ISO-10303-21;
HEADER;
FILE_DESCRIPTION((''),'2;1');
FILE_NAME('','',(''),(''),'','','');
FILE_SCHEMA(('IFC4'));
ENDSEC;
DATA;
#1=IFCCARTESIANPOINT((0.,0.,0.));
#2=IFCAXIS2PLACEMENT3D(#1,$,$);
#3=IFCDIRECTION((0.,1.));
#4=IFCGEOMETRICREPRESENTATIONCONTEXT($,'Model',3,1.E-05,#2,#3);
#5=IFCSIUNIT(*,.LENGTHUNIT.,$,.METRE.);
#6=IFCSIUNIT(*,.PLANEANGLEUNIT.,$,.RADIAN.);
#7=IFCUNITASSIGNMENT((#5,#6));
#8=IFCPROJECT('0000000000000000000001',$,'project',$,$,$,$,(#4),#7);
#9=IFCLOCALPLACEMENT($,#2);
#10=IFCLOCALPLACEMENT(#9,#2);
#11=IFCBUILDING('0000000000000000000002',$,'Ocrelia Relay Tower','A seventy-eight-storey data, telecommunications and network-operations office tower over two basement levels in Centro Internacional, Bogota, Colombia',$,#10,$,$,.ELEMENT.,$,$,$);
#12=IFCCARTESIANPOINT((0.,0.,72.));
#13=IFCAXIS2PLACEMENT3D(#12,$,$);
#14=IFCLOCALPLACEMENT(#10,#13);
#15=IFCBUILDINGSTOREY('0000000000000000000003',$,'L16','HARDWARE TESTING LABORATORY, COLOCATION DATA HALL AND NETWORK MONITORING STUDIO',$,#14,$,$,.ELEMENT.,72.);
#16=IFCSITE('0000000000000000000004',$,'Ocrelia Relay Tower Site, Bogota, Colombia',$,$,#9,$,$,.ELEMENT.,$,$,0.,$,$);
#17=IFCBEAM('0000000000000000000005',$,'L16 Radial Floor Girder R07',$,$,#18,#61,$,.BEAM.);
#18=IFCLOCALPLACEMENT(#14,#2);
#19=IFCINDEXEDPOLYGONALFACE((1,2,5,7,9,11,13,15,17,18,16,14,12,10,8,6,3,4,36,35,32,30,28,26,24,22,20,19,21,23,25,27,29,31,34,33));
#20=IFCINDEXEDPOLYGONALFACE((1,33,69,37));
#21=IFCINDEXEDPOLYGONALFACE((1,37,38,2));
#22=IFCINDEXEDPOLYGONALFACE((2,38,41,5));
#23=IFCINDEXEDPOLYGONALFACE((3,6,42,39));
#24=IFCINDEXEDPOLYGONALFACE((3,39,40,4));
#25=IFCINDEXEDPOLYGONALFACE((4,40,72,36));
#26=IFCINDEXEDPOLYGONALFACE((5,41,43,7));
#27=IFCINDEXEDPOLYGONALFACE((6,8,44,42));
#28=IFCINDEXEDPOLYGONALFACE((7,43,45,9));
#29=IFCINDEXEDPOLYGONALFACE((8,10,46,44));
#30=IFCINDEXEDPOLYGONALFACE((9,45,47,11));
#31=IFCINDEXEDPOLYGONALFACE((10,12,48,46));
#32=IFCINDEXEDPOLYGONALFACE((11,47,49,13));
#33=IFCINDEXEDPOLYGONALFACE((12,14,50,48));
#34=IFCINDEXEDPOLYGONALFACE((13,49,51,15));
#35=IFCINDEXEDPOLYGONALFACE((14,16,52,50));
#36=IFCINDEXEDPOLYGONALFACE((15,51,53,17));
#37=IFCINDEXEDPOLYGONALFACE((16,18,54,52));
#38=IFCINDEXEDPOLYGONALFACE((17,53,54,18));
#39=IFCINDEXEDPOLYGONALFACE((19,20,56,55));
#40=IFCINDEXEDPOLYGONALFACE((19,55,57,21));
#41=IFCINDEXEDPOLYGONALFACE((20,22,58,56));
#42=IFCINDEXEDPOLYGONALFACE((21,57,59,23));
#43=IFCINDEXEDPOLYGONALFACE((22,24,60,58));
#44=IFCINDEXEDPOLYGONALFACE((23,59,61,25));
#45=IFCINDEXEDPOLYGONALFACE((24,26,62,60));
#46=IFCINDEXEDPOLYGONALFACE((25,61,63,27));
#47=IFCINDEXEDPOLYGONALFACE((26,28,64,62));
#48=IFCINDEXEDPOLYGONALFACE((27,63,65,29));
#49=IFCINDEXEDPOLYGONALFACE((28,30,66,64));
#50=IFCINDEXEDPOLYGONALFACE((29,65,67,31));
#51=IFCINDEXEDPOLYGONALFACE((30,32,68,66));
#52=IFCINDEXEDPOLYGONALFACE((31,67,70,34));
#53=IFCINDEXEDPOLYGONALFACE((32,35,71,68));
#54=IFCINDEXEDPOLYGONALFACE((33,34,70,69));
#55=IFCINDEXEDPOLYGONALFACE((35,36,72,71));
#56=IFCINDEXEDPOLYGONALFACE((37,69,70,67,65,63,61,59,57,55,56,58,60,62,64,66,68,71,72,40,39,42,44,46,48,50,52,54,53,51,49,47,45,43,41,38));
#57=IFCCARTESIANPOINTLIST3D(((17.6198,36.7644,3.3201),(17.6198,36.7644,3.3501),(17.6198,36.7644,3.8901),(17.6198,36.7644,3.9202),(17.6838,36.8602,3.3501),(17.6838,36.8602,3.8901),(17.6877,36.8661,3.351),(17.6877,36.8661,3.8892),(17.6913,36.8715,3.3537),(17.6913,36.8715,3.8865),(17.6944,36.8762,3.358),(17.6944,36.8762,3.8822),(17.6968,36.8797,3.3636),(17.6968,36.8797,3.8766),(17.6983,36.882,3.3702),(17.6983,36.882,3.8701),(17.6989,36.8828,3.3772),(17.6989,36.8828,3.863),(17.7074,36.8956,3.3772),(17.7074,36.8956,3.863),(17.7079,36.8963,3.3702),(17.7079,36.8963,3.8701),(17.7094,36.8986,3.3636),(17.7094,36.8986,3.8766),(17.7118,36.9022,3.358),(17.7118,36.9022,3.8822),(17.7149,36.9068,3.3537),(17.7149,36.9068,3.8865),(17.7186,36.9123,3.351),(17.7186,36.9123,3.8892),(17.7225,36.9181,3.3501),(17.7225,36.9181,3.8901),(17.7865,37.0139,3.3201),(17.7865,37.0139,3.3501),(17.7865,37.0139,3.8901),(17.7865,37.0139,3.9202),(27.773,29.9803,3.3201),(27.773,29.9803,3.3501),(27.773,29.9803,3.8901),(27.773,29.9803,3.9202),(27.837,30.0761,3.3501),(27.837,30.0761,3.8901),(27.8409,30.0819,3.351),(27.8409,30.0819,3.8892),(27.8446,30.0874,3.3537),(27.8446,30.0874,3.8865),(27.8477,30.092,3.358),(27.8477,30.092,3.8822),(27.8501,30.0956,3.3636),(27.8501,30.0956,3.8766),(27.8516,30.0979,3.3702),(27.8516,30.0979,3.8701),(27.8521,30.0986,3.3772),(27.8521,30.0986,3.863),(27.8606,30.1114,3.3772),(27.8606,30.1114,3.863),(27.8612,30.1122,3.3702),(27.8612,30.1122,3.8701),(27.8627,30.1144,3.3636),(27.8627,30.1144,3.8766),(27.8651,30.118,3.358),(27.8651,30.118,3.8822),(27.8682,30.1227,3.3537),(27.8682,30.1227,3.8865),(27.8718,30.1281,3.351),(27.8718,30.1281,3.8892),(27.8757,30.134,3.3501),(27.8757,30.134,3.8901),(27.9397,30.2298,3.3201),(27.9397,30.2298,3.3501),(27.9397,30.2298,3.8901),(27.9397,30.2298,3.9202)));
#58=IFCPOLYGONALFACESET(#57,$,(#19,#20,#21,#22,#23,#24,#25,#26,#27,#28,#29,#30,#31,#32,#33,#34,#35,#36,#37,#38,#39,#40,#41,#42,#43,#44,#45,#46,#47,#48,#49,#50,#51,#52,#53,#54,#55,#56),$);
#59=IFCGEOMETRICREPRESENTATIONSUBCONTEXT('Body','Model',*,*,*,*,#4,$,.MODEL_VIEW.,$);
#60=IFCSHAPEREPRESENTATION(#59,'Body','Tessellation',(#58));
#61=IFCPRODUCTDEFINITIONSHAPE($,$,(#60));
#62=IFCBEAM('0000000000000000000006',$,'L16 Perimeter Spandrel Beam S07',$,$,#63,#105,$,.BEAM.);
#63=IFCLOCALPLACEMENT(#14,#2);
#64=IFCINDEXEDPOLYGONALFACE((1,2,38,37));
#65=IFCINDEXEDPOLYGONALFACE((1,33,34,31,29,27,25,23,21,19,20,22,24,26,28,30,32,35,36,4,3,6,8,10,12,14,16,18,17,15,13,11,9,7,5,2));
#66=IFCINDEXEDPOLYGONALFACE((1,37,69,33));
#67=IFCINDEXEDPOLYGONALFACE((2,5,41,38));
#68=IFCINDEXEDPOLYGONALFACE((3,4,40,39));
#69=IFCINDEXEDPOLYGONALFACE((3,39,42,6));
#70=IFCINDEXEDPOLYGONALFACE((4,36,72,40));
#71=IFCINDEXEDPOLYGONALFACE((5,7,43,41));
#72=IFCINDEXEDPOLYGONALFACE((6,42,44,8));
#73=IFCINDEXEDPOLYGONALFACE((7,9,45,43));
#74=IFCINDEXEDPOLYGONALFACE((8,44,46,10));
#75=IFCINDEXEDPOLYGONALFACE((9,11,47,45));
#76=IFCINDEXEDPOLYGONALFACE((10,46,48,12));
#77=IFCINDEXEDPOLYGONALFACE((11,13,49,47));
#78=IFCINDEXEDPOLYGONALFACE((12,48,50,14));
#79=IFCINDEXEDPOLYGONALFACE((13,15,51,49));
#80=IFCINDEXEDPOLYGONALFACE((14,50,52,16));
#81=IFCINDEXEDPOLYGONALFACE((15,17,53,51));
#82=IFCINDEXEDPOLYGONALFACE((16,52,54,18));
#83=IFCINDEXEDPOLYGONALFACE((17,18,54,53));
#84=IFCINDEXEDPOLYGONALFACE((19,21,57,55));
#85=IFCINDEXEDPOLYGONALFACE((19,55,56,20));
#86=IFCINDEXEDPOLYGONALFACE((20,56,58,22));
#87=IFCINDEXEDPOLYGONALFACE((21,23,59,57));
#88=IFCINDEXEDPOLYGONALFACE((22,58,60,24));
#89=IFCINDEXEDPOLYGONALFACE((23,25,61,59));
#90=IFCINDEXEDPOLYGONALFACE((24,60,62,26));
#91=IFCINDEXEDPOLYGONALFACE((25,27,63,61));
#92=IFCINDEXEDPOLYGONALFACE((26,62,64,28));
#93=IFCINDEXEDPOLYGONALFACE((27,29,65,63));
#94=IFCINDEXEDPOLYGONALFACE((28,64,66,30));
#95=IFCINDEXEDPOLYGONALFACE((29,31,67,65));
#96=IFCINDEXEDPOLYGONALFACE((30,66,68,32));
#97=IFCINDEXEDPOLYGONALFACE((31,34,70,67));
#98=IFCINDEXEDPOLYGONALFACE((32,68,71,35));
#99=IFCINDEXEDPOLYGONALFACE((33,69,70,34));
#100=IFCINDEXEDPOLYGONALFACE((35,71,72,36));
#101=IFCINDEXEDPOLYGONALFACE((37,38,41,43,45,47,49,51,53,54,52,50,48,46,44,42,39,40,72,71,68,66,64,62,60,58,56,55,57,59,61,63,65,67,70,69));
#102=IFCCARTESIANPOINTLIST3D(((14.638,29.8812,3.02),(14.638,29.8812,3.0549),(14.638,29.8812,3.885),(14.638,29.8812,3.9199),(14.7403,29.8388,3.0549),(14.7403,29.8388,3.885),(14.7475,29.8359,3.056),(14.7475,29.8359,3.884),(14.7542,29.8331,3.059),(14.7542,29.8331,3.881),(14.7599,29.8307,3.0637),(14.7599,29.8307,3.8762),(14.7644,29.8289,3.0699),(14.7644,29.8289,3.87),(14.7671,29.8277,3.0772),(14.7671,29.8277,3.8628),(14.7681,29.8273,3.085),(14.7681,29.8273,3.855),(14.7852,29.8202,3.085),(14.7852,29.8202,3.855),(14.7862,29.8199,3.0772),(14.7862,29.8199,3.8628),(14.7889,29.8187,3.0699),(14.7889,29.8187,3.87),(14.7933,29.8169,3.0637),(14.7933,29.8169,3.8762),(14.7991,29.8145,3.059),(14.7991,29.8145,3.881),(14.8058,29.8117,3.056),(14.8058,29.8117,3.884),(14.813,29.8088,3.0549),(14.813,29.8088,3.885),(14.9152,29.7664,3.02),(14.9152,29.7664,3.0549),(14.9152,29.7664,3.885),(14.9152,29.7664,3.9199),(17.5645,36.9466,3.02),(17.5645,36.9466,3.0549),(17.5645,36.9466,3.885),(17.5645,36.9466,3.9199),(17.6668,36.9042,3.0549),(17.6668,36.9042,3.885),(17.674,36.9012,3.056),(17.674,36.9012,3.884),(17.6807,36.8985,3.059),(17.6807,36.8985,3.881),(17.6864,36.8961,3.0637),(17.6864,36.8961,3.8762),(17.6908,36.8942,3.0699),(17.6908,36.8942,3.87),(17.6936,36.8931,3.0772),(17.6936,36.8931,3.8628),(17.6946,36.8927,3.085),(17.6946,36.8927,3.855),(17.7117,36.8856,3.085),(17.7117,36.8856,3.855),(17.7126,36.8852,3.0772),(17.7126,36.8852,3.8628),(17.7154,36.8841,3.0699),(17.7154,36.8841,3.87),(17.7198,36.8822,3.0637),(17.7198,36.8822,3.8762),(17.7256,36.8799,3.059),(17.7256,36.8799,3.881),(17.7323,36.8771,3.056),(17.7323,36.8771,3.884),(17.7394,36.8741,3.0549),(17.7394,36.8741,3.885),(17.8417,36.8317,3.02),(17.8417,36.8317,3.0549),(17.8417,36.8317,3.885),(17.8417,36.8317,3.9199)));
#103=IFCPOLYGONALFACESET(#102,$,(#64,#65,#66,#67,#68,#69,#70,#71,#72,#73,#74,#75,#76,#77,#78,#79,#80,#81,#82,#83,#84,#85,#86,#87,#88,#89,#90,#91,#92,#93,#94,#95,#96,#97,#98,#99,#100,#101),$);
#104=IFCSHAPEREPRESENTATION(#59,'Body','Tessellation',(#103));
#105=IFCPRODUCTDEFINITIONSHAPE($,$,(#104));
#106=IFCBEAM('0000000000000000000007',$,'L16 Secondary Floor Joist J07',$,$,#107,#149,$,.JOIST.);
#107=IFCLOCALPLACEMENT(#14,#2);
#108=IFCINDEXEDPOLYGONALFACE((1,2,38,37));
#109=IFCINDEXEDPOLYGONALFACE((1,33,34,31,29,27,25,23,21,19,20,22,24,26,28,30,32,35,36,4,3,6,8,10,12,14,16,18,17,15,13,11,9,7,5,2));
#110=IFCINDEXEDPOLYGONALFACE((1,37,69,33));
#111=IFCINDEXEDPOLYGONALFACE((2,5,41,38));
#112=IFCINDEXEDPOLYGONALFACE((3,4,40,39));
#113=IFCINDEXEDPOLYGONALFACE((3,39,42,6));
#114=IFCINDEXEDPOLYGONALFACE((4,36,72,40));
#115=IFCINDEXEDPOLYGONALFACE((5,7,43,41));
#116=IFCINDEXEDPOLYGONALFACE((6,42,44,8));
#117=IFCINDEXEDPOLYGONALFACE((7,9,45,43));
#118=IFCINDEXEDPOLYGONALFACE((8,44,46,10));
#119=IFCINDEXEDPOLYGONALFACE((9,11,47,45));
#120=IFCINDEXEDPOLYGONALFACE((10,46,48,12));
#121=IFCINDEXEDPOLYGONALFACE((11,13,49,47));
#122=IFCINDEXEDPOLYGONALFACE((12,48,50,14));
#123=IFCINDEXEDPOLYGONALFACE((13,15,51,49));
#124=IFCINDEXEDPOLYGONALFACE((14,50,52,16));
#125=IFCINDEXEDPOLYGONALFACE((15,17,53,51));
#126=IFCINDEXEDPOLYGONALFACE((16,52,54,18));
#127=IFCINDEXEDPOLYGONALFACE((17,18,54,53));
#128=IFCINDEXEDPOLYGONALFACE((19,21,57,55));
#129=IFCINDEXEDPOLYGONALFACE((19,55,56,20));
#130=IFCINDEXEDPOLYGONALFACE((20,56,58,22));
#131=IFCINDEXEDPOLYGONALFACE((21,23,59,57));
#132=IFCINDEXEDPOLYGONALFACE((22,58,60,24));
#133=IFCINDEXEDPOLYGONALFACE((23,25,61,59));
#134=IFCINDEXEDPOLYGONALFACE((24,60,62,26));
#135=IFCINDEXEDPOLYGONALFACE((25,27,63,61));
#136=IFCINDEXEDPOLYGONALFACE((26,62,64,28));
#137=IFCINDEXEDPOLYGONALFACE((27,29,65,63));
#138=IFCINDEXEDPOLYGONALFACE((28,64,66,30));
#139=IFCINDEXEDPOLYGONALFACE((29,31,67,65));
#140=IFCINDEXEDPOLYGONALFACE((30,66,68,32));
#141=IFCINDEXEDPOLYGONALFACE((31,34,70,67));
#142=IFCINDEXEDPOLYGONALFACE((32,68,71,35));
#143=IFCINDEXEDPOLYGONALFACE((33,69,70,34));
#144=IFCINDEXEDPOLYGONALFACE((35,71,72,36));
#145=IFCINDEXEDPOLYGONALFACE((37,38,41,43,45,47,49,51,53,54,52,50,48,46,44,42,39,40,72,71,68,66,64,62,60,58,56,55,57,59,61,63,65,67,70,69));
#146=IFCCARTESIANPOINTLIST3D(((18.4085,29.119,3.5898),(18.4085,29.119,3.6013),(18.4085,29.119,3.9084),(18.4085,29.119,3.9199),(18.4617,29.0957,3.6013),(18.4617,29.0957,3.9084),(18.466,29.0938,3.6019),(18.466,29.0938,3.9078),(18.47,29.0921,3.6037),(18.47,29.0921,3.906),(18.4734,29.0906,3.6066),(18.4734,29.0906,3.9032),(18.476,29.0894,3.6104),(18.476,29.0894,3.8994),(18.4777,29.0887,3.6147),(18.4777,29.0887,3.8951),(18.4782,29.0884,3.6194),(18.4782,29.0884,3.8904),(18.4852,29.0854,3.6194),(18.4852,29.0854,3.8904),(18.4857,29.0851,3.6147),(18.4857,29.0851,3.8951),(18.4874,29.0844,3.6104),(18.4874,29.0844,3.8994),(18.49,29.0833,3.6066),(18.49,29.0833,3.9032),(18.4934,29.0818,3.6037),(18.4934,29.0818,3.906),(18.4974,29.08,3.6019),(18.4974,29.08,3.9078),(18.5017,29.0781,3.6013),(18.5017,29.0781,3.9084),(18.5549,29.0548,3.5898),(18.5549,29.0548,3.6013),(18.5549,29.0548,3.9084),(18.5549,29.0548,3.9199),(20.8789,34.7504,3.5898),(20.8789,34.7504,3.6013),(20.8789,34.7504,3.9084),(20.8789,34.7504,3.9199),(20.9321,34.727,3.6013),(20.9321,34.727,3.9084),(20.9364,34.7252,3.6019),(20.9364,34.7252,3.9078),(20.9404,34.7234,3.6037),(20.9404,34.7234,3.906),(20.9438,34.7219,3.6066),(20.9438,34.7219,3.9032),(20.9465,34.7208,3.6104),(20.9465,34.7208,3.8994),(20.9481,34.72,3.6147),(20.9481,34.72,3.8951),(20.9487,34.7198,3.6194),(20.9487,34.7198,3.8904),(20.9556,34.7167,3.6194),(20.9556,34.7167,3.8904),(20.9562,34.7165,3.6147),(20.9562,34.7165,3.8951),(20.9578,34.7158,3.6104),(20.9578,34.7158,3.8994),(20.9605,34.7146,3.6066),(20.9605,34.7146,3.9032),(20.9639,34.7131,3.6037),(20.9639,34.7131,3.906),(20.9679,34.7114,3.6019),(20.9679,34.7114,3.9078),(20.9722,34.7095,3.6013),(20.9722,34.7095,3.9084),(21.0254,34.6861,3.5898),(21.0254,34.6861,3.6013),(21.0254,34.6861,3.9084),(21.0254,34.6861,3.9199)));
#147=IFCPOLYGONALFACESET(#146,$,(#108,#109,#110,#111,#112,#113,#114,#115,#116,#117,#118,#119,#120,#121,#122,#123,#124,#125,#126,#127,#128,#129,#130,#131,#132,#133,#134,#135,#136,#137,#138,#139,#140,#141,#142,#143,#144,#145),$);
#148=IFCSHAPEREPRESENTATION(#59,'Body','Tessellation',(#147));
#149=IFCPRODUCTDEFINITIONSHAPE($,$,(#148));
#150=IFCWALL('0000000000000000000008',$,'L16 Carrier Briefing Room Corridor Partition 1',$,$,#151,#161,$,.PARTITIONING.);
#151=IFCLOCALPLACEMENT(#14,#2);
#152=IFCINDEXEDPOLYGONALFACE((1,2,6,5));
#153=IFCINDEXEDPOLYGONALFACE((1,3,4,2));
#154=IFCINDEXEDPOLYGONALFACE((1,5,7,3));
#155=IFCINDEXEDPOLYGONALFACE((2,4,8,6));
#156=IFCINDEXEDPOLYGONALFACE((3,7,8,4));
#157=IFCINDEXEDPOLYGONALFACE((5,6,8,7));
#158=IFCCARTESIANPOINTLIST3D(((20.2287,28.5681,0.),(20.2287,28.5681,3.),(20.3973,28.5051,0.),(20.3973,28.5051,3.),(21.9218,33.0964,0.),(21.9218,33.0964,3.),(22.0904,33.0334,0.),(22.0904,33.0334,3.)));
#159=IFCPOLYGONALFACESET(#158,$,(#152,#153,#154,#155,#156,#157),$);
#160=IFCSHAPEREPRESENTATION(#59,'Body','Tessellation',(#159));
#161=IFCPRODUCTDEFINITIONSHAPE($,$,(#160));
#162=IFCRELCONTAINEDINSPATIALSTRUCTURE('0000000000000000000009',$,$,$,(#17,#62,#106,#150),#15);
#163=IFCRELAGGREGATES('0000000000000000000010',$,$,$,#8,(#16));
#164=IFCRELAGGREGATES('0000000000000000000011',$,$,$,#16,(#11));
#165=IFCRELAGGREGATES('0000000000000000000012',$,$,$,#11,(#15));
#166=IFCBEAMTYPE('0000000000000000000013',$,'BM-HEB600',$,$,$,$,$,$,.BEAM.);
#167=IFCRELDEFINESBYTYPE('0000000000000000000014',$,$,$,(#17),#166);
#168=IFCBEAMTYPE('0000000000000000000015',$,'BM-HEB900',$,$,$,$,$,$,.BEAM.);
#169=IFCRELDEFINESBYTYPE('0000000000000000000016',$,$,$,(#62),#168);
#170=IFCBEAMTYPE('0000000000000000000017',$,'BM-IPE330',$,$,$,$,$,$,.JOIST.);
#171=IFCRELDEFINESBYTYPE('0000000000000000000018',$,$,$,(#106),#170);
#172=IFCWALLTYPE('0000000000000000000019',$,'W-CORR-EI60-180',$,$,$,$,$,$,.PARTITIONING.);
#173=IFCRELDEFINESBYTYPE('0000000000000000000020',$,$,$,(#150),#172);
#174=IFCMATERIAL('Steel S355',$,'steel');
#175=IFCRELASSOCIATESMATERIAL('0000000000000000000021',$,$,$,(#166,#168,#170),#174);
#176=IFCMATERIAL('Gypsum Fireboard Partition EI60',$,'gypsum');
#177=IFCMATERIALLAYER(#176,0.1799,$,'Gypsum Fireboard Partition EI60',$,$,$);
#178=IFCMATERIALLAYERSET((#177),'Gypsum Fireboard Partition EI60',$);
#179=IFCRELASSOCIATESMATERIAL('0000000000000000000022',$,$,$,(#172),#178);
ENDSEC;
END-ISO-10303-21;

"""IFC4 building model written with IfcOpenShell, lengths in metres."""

from ifc_helpers import new_model, si_unit, direction, frame, frame_2d, origin, origin_2d, place, context, subcontext, project, spatial, rectangle, i_section, extrude, material, layer, layer_set, material_profile, profile_set, type_object, element, save


model = new_model("IFC4")

# Units and contexts
model_context = context("Model", 3, precision=1e-05, world=origin(), true_north=direction((0.0, 1.0)))
body_context = subcontext(model_context, "Body", "Model", "MODEL_VIEW")
ifc_project = project(units=[si_unit("LENGTHUNIT", "METRE"), si_unit("PLANEANGLEUNIT", "RADIAN")], contexts=[model_context])

# Site, building, storey
site_placement = place(None, origin())
site = spatial("IfcSite", under=ifc_project, at=site_placement, Name="Ocrelia Relay Tower Site, Bogota, Colombia", CompositionType="ELEMENT", RefElevation=0.0)
building_placement = place(site_placement, origin())
building = spatial("IfcBuilding", under=site, at=building_placement, Name="Ocrelia Relay Tower", Description="A seventy-eight-storey data, telecommunications and network-operations office tower over two basement levels in Centro Internacional, Bogota, Colombia", CompositionType="ELEMENT")
storey_placement = place(building_placement, frame((0.0, 0.0, 72.0)))
storey = spatial("IfcBuildingStorey", under=building, at=storey_placement, Name="L16", Description="HARDWARE TESTING LABORATORY, COLOCATION DATA HALL AND NETWORK MONITORING STUDIO", CompositionType="ELEMENT", Elevation=72.0)

# Beams
ifc_material_1 = material(Name="Steel S355", Category="steel")
ifc_material_profile_1 = material_profile(ifc_material_1, i_section(OverallWidth=0.3, OverallDepth=0.6001, WebThickness=0.0154, FlangeThickness=0.03, FilletRadius=0.0271, at=origin_2d()), Name="HEB 600")
ifc_profile_set_1 = profile_set([ifc_material_profile_1], Name="Steel S355")
beam_type_1 = type_object("IfcBeamType", Name="BM-HEB600", PredefinedType="BEAM", material=ifc_profile_set_1)
beam_1_placement = place(storey_placement, frame((17.7031, 36.8892, 3.6201), z_axis=(0.831472, -0.555567, 0.0), x_axis=(0.555567, 0.831472, 0.0)))
element("IfcBeam", 1, at=beam_1_placement, inside=storey, type_object=beam_type_1, Name="L16 Radial Floor Girder R07", PredefinedType="BEAM", context=body_context, shape_type="SweptSolid", body=[
    extrude(i_section(OverallWidth=0.3, OverallDepth=0.6001, WebThickness=0.0154, FlangeThickness=0.03, FilletRadius=0.0271, at=origin_2d()), origin(), (0.0, 0.0, 1.0), 12.2112),
])
ifc_material_profile_2 = material_profile(ifc_material_1, i_section(OverallWidth=0.3, OverallDepth=0.8999, WebThickness=0.0186, FlangeThickness=0.0349, FilletRadius=0.03, at=origin_2d()), Name="HEB 900")
ifc_profile_set_2 = profile_set([ifc_material_profile_2], Name="Steel S355")
beam_type_2 = type_object("IfcBeamType", Name="BM-HEB900", PredefinedType="BEAM", material=ifc_profile_set_2)
beam_2_placement = place(storey_placement, frame((17.7031, 36.8892, 3.47), z_axis=(-0.382674, -0.923883, 0.0), x_axis=(0.923883, -0.382674, 0.0)))
element("IfcBeam", 2, at=beam_2_placement, inside=storey, type_object=beam_type_2, Name="L16 Perimeter Spandrel Beam S07", PredefinedType="BEAM", context=body_context, shape_type="SweptSolid", body=[
    extrude(i_section(OverallWidth=0.3, OverallDepth=0.8999, WebThickness=0.0186, FlangeThickness=0.0349, FilletRadius=0.03, at=origin_2d()), origin(), (0.0, 0.0, 1.0), 7.6475),
])
ifc_material_profile_3 = material_profile(ifc_material_1, i_section(OverallWidth=0.1599, OverallDepth=0.3301, WebThickness=0.0076, FlangeThickness=0.0115, FilletRadius=0.0181, at=origin_2d()), Name="IPE 330")
ifc_profile_set_3 = profile_set([ifc_material_profile_3], Name="Steel S355")
beam_type_3 = type_object("IfcBeamType", Name="BM-IPE330", PredefinedType="JOIST", material=ifc_profile_set_3)
beam_3_placement = place(storey_placement, frame((20.9521, 34.7183, 3.7549), z_axis=(-0.401739, -0.915754, 0.0), x_axis=(0.915754, -0.401739, 0.0)))
element("IfcBeam", 3, at=beam_3_placement, inside=storey, type_object=beam_type_3, Name="L16 Secondary Floor Joist J07", PredefinedType="JOIST", context=body_context, shape_type="SweptSolid", body=[
    extrude(i_section(OverallWidth=0.1599, OverallDepth=0.3301, WebThickness=0.0076, FlangeThickness=0.0115, FilletRadius=0.0181, at=origin_2d()), origin(), (0.0, 0.0, 1.0), 6.1494),
])

# Wall
ifc_material_2 = material(Name="Gypsum Fireboard Partition EI60", Category="gypsum")
ifc_layer_1 = layer(ifc_material_2, 0.1799, Name="Gypsum Fireboard Partition EI60")
ifc_layer_set_1 = layer_set([ifc_layer_1], Name="Gypsum Fireboard Partition EI60")
wall_type_1 = type_object("IfcWallType", Name="W-CORR-EI60-180", PredefinedType="PARTITIONING", material=ifc_layer_set_1)
wall_1_placement = place(storey_placement, frame((22.0061, 33.0649, 0.0), z_axis=(0.0, 0.0, 1.0), x_axis=(-0.350216, -0.936669, 0.0)))
element("IfcWall", 4, at=wall_1_placement, inside=storey, type_object=wall_type_1, Name="L16 Carrier Briefing Room Corridor Partition 1", PredefinedType="PARTITIONING", context=body_context, shape_type="SweptSolid", body=[
    extrude(rectangle(XDim=4.8345, YDim=0.1799, at=frame_2d((2.4172, 0.0))), origin(), (0.0, 0.0, 1.0), 3.0),
])

save(model, "model.ifc")
